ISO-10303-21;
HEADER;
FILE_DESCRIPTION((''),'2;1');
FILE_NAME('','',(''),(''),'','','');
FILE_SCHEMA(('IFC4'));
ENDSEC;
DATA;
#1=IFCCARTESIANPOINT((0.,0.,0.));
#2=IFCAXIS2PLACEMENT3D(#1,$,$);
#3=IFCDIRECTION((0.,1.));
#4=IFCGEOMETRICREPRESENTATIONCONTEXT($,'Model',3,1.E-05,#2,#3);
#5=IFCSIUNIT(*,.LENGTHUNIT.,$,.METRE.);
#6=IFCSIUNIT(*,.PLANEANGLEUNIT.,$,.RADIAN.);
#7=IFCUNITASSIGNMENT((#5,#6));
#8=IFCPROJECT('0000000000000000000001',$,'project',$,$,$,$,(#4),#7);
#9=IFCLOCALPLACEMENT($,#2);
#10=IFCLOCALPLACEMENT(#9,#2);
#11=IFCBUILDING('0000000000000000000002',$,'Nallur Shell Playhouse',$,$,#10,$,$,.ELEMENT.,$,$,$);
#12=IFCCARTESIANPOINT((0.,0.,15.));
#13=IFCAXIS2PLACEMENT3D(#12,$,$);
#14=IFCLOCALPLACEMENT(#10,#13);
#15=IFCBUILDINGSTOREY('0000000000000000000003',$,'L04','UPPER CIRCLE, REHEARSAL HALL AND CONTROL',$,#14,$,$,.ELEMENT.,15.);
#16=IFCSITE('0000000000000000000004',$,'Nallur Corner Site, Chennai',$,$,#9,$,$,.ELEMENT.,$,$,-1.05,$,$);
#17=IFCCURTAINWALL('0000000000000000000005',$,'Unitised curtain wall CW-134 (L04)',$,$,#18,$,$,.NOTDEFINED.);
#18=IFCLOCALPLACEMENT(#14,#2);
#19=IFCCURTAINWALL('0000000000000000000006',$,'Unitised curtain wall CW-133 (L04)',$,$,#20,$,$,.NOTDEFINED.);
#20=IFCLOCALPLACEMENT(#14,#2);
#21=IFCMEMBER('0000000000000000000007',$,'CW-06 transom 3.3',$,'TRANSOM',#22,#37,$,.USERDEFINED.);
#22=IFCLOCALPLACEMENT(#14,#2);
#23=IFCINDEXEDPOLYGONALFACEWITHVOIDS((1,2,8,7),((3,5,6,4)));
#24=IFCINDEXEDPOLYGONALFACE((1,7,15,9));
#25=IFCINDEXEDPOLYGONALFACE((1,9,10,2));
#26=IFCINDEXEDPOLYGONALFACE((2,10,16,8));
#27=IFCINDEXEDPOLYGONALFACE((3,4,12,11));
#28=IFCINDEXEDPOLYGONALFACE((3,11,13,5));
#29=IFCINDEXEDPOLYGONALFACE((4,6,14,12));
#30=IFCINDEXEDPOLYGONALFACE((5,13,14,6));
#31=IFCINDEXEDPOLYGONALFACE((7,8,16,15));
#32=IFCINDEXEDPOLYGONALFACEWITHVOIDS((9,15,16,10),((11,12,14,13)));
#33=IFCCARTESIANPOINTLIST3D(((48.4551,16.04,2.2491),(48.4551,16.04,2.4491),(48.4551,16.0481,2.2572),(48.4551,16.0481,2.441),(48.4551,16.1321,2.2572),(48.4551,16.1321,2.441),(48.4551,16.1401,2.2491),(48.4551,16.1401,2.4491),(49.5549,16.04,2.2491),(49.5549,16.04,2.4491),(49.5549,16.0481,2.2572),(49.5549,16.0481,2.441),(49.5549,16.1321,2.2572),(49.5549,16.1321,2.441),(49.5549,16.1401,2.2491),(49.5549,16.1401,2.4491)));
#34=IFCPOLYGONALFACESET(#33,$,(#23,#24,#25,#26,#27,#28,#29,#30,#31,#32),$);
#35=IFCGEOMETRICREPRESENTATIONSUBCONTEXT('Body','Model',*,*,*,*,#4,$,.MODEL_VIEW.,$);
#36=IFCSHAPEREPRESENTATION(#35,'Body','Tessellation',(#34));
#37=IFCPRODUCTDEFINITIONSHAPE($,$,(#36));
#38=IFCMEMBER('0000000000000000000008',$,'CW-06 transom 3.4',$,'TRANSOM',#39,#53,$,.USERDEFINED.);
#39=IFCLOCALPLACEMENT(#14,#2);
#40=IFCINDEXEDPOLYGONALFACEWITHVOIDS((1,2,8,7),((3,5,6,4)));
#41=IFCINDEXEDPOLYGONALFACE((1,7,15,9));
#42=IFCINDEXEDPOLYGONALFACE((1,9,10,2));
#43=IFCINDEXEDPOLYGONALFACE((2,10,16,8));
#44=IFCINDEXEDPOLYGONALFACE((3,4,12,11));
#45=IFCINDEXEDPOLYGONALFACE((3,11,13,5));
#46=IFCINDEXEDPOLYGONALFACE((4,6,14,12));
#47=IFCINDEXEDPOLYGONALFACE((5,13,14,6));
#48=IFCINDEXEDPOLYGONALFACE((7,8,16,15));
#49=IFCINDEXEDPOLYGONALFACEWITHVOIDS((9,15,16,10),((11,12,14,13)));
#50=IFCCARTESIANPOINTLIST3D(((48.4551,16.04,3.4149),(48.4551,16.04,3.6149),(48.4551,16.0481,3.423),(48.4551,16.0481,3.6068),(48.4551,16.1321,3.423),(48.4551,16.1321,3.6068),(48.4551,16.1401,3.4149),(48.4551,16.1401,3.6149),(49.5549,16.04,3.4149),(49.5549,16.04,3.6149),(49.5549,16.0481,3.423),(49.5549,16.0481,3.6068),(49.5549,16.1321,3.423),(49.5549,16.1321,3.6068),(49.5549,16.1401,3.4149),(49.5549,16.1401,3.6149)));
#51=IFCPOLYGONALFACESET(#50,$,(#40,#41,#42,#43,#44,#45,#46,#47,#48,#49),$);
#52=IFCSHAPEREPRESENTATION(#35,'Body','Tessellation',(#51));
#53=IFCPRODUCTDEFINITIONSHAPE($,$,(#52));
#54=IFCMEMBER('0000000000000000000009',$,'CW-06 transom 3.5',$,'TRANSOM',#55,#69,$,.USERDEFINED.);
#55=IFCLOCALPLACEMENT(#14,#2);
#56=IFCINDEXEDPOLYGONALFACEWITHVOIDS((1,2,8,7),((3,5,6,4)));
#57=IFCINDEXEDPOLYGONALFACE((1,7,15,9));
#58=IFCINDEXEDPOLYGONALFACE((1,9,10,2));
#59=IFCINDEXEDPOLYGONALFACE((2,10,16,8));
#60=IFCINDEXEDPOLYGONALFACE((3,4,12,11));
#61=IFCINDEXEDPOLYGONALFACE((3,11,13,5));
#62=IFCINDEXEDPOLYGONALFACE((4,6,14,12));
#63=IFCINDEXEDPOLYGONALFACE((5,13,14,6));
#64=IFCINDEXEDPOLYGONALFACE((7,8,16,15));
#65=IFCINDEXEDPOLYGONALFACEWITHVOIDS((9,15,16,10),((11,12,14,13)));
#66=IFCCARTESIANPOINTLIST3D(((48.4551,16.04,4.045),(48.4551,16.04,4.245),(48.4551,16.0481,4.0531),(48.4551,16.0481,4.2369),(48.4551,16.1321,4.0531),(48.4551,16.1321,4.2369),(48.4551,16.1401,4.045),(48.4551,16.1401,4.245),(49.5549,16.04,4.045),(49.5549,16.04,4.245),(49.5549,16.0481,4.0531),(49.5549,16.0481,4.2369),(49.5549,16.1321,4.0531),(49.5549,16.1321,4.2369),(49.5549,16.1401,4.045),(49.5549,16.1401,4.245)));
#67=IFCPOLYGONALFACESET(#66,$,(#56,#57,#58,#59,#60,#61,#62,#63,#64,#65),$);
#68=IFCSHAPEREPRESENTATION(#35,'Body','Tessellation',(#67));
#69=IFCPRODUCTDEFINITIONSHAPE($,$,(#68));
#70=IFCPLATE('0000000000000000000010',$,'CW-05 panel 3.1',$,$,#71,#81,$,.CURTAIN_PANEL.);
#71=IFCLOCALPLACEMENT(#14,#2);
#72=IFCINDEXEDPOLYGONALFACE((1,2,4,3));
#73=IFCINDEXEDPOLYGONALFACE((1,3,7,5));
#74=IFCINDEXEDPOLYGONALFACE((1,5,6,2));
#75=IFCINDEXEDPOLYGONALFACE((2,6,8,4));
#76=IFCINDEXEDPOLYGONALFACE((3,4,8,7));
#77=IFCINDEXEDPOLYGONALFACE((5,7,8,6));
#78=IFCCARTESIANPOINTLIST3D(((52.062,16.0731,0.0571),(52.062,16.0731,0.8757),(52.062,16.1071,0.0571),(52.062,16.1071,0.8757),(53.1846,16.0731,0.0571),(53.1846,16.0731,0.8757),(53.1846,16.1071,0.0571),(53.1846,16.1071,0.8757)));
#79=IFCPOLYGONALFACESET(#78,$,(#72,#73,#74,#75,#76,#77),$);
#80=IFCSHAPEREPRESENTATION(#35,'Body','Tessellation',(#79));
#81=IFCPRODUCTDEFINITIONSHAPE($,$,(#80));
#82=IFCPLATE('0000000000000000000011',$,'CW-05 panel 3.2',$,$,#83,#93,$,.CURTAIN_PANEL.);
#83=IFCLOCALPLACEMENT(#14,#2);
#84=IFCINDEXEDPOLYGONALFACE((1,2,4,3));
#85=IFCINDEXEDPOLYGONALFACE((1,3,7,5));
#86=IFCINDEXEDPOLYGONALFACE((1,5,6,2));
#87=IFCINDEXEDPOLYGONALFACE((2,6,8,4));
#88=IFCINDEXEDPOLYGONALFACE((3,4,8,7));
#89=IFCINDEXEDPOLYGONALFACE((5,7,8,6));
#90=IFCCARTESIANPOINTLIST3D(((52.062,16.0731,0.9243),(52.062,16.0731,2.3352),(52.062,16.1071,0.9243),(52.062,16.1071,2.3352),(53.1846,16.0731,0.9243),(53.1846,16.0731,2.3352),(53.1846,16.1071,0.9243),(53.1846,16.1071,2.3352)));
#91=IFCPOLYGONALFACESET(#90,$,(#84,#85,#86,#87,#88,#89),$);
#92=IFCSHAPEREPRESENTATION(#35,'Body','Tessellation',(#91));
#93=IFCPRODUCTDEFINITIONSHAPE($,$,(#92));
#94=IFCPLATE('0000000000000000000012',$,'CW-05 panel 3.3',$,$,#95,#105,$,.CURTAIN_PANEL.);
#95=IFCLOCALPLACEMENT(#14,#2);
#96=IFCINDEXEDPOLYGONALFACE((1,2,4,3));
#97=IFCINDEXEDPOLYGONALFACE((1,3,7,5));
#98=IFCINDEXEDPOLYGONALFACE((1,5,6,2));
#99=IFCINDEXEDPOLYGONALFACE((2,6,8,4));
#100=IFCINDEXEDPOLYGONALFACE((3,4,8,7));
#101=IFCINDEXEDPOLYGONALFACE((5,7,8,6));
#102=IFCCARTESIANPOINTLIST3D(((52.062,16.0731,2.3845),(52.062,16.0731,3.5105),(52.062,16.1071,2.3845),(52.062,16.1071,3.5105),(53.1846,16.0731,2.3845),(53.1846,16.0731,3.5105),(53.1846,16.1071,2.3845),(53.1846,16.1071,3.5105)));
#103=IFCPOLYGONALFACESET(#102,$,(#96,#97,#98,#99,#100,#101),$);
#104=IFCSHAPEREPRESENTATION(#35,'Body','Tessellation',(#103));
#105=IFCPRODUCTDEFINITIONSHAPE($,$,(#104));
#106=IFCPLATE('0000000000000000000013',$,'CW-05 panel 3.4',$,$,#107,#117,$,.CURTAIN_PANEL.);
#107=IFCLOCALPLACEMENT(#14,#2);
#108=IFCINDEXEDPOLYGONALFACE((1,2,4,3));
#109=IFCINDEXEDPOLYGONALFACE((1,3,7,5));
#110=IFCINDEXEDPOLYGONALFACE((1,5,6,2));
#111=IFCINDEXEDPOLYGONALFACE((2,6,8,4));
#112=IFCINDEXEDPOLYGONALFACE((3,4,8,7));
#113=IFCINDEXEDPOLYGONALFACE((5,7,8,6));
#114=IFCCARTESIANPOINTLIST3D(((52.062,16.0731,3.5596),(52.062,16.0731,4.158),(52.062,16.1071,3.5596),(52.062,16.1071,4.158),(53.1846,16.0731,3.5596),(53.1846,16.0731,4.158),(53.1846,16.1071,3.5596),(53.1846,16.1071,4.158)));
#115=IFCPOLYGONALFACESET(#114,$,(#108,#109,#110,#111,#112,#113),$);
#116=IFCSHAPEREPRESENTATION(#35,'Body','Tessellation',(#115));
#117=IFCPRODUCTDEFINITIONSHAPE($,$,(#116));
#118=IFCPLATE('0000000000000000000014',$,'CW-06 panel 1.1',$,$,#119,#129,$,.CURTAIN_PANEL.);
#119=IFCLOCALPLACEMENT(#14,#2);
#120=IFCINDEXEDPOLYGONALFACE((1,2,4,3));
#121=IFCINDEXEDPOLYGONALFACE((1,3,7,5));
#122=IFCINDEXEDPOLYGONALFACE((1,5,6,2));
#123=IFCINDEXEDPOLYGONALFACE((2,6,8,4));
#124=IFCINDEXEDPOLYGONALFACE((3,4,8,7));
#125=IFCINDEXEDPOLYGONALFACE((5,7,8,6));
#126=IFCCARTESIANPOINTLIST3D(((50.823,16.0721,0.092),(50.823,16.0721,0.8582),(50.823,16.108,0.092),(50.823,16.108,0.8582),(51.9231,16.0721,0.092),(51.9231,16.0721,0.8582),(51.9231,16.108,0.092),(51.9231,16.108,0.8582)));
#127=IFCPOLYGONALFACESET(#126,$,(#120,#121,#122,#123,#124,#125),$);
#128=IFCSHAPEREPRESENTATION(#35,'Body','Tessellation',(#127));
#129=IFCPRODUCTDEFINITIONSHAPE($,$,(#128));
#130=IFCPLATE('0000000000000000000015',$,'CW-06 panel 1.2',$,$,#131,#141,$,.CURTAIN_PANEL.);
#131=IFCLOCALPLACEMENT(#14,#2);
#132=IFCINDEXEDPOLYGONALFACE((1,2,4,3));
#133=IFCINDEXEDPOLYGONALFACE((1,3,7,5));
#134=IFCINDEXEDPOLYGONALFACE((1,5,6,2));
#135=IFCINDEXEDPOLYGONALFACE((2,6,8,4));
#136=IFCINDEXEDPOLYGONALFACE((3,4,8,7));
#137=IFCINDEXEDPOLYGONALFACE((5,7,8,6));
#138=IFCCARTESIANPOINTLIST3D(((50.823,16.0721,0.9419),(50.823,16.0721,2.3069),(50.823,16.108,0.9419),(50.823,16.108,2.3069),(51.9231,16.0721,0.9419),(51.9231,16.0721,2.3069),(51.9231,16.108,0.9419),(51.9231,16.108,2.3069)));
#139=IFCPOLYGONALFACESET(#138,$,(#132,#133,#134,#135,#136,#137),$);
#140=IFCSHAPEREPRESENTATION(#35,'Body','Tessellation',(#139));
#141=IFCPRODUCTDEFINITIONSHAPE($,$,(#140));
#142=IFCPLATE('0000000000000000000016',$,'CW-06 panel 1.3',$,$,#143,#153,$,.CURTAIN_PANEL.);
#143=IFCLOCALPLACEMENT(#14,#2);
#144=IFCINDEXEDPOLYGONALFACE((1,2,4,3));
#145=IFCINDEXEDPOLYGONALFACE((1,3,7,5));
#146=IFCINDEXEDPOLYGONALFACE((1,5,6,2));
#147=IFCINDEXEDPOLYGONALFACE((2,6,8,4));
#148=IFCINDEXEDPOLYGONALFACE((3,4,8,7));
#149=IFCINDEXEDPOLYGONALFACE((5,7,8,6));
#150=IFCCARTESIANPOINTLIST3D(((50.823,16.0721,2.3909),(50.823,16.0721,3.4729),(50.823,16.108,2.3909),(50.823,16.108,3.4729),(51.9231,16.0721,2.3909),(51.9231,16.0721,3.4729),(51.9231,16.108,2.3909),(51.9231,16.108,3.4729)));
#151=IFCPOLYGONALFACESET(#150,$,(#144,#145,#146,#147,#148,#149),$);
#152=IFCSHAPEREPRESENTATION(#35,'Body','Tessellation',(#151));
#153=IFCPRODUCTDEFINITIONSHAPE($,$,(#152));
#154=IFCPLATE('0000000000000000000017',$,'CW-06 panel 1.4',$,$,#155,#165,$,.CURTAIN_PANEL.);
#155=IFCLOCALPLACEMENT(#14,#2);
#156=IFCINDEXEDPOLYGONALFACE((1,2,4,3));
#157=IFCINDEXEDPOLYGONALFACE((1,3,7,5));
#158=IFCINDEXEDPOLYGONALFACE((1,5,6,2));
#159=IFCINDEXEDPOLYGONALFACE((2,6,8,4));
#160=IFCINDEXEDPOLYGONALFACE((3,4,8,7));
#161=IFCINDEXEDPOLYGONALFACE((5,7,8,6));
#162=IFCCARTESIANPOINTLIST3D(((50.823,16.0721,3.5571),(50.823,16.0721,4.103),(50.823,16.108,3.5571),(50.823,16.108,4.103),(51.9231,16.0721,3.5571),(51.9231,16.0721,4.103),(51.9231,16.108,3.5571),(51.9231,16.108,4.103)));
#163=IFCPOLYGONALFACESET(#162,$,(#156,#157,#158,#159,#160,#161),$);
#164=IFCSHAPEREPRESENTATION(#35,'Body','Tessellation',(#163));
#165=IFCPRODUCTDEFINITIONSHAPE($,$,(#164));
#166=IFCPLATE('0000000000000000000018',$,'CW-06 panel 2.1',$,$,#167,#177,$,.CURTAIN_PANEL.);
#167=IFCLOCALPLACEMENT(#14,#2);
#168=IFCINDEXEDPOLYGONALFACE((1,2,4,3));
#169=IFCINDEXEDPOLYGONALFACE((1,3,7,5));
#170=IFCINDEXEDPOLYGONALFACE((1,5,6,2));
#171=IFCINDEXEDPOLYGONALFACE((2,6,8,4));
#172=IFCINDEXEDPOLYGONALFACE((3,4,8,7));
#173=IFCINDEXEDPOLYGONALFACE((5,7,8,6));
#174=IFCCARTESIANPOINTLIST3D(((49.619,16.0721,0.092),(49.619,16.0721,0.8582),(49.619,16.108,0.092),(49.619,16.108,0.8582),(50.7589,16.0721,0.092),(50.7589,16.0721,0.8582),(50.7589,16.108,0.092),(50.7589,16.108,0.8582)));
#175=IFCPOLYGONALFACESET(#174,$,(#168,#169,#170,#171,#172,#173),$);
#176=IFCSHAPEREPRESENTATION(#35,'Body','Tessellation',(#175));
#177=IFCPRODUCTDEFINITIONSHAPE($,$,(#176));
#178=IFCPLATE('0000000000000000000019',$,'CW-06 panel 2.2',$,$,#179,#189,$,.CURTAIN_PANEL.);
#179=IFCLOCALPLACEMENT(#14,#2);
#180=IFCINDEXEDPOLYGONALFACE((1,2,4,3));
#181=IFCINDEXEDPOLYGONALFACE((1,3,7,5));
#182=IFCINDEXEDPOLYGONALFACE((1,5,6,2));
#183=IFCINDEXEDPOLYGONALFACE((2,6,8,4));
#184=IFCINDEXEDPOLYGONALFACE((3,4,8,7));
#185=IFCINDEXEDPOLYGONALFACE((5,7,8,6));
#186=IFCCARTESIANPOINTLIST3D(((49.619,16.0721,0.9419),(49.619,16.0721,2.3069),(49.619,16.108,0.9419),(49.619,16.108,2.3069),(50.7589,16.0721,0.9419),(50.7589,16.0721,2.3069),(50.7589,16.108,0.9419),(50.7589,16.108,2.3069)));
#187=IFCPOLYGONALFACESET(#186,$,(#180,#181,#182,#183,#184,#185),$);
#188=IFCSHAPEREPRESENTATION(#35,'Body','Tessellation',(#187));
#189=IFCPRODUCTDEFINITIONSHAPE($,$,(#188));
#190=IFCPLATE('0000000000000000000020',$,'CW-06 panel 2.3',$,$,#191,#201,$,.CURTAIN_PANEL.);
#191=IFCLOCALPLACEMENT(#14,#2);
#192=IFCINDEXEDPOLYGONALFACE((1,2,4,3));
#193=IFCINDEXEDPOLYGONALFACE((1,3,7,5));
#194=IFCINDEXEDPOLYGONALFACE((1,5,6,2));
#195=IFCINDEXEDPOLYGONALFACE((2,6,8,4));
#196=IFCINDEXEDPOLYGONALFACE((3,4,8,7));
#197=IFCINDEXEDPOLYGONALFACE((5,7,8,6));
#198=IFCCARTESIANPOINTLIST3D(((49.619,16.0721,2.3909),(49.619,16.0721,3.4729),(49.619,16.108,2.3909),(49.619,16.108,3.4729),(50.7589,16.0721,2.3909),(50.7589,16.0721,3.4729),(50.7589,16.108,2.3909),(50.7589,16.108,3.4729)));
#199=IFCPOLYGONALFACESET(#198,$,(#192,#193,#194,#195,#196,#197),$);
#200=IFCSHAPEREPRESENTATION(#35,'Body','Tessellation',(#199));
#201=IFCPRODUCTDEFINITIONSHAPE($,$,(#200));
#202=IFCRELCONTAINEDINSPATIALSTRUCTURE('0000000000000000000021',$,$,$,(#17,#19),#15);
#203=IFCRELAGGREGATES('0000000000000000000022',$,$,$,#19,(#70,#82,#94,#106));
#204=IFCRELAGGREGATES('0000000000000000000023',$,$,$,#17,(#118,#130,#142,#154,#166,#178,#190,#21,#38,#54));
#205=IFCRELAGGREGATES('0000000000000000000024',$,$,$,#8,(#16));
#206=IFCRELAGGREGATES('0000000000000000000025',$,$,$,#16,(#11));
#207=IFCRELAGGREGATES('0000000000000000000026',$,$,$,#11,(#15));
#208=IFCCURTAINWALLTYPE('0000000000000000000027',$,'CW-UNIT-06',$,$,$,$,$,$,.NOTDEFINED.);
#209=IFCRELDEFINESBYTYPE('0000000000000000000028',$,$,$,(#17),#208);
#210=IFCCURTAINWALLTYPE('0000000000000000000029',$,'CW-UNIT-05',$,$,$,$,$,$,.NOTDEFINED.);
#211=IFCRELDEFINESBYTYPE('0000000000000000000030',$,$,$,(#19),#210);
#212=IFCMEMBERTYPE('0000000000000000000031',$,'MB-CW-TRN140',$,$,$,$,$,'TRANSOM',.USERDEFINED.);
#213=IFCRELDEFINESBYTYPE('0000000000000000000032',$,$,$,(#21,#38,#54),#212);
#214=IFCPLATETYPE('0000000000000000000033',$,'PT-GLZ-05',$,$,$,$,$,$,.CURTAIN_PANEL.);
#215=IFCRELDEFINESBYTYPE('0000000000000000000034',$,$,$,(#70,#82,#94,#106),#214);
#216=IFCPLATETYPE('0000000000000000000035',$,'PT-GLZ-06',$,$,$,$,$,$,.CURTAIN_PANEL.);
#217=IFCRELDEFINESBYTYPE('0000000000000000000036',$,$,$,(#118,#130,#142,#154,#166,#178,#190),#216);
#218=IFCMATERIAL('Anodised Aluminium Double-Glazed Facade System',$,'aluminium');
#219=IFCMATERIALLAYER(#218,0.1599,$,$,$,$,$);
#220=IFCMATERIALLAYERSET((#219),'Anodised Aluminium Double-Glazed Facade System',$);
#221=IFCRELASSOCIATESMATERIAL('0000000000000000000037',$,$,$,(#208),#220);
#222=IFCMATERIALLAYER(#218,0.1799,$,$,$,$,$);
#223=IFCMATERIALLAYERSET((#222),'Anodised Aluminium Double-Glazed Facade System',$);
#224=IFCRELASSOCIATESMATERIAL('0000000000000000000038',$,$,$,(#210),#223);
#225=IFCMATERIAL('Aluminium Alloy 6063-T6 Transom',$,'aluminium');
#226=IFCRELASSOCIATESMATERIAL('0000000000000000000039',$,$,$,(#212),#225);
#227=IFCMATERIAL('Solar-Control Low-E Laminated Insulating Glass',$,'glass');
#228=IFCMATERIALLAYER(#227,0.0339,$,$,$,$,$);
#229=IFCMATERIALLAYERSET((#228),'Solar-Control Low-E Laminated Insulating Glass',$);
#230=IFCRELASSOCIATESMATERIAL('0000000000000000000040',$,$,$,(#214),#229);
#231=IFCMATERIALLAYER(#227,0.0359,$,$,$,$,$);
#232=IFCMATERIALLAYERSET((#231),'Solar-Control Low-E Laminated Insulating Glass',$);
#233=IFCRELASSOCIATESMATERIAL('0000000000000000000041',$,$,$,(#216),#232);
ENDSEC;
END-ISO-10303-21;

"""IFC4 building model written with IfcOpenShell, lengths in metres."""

from ifc_helpers import new_model, si_unit, direction, frame, origin, origin_2d, place, context, subcontext, project, spatial, rectangle, hollow_rectangle, extrude, material, layer, layer_set, material_profile, profile_set, type_object, element, aggregate, save


model = new_model("IFC4")

# Units and contexts
model_context = context("Model", 3, precision=1e-05, world=origin(), true_north=direction((0.0, 1.0)))
body_context = subcontext(model_context, "Body", "Model", "MODEL_VIEW")
ifc_project = project(units=[si_unit("LENGTHUNIT", "METRE"), si_unit("PLANEANGLEUNIT", "RADIAN")], contexts=[model_context])

# Site, building, storey
site_placement = place(None, origin())
site = spatial("IfcSite", under=ifc_project, at=site_placement, Name="Nallur Corner Site, Chennai", CompositionType="ELEMENT", RefElevation=-1.05)
building_placement = place(site_placement, origin())
building = spatial("IfcBuilding", under=site, at=building_placement, Name="Nallur Shell Playhouse", CompositionType="ELEMENT")
storey_placement = place(building_placement, frame((0.0, 0.0, 15.0)))
storey = spatial("IfcBuildingStorey", under=building, at=storey_placement, Name="L04", Description="UPPER CIRCLE, REHEARSAL HALL AND CONTROL", CompositionType="ELEMENT", Elevation=15.0)

# Curtain walls
ifc_material_1 = material(Name="Anodised Aluminium Double-Glazed Facade System", Category="aluminium")
ifc_layer_1 = layer(ifc_material_1, 0.1599)
ifc_layer_set_1 = layer_set([ifc_layer_1], Name="Anodised Aluminium Double-Glazed Facade System")
curtain_wall_type_1 = type_object("IfcCurtainWallType", Name="CW-UNIT-06", PredefinedType="NOTDEFINED", material=ifc_layer_set_1)
curtain_wall_1_placement = place(storey_placement, origin())
curtain_wall_1 = element("IfcCurtainWall", 1, at=curtain_wall_1_placement, inside=storey, type_object=curtain_wall_type_1, Name="Unitised curtain wall CW-134 (L04)", PredefinedType="NOTDEFINED")
ifc_layer_2 = layer(ifc_material_1, 0.1799)
ifc_layer_set_2 = layer_set([ifc_layer_2], Name="Anodised Aluminium Double-Glazed Facade System")
curtain_wall_type_2 = type_object("IfcCurtainWallType", Name="CW-UNIT-05", PredefinedType="NOTDEFINED", material=ifc_layer_set_2)
curtain_wall_2_placement = place(storey_placement, origin())
curtain_wall_2 = element("IfcCurtainWall", 2, at=curtain_wall_2_placement, inside=storey, type_object=curtain_wall_type_2, Name="Unitised curtain wall CW-133 (L04)", PredefinedType="NOTDEFINED")
ifc_material_2 = material(Name="Aluminium Alloy 6063-T6 Transom", Category="aluminium")

# Members
ifc_material_profile_1 = material_profile(ifc_material_2, hollow_rectangle(XDim=0.1001, YDim=0.2, WallThickness=0.0081, at=origin_2d()), Name="RHS 200x100x8")
ifc_profile_set_1 = profile_set([ifc_material_profile_1], Name="Aluminium Alloy 6063-T6 Transom")
member_type_1 = type_object("IfcMemberType", Name="MB-CW-TRN140", ElementType="TRANSOM", PredefinedType="USERDEFINED", material=ifc_profile_set_1)
member_1_placement = place(storey_placement, frame((49.5549, 16.0901, 2.3491), z_axis=(-1.0, 0.0, 0.0), x_axis=(0.0, -1.0, 0.0)))
member_1 = element("IfcMember", 3, at=member_1_placement, type_object=member_type_1, Name="CW-06 transom 3.3", ObjectType="TRANSOM", PredefinedType="USERDEFINED", context=body_context, shape_type="SweptSolid", body=[
    extrude(hollow_rectangle(XDim=0.1001, YDim=0.2, WallThickness=0.0081, at=origin_2d()), origin(), (0.0, 0.0, 1.0), 1.0999),
])
member_2_placement = place(storey_placement, frame((49.5549, 16.0901, 3.5149), z_axis=(-1.0, 0.0, 0.0), x_axis=(0.0, -1.0, 0.0)))
member_2 = element("IfcMember", 4, at=member_2_placement, type_object=member_type_1, Name="CW-06 transom 3.4", ObjectType="TRANSOM", PredefinedType="USERDEFINED", context=body_context, shape_type="SweptSolid", body=[
    extrude(hollow_rectangle(XDim=0.1001, YDim=0.2, WallThickness=0.0081, at=origin_2d()), origin(), (0.0, 0.0, 1.0), 1.0999),
])
member_3_placement = place(storey_placement, frame((49.5549, 16.0901, 4.145), z_axis=(-1.0, 0.0, 0.0), x_axis=(0.0, -1.0, 0.0)))
member_3 = element("IfcMember", 5, at=member_3_placement, type_object=member_type_1, Name="CW-06 transom 3.5", ObjectType="TRANSOM", PredefinedType="USERDEFINED", context=body_context, shape_type="SweptSolid", body=[
    extrude(hollow_rectangle(XDim=0.1001, YDim=0.2, WallThickness=0.0081, at=origin_2d()), origin(), (0.0, 0.0, 1.0), 1.0999),
])

# Plates
ifc_material_3 = material(Name="Solar-Control Low-E Laminated Insulating Glass", Category="glass")
ifc_layer_3 = layer(ifc_material_3, 0.0339)
ifc_layer_set_3 = layer_set([ifc_layer_3], Name="Solar-Control Low-E Laminated Insulating Glass")
plate_type_1 = type_object("IfcPlateType", Name="PT-GLZ-05", PredefinedType="CURTAIN_PANEL", material=ifc_layer_set_3)
plate_1_placement = place(storey_placement, frame((52.6233, 16.0901, 0.0571), z_axis=(0.0, 0.0, 1.0), x_axis=(-1.0, 0.0, 0.0)))
plate_1 = element("IfcPlate", 6, at=plate_1_placement, type_object=plate_type_1, Name="CW-05 panel 3.1", PredefinedType="CURTAIN_PANEL", context=body_context, shape_type="SweptSolid", body=[
    extrude(rectangle(XDim=1.1226, YDim=0.0339, at=origin_2d()), origin(), (0.0, 0.0, 1.0), 0.8186),
])
plate_2_placement = place(storey_placement, frame((52.6233, 16.0901, 0.9243), z_axis=(0.0, 0.0, 1.0), x_axis=(-1.0, 0.0, 0.0)))
plate_2 = element("IfcPlate", 7, at=plate_2_placement, type_object=plate_type_1, Name="CW-05 panel 3.2", PredefinedType="CURTAIN_PANEL", context=body_context, shape_type="SweptSolid", body=[
    extrude(rectangle(XDim=1.1226, YDim=0.0339, at=origin_2d()), origin(), (0.0, 0.0, 1.0), 1.4109),
])
plate_3_placement = place(storey_placement, frame((52.6233, 16.0901, 2.3845), z_axis=(0.0, 0.0, 1.0), x_axis=(-1.0, 0.0, 0.0)))
plate_3 = element("IfcPlate", 8, at=plate_3_placement, type_object=plate_type_1, Name="CW-05 panel 3.3", PredefinedType="CURTAIN_PANEL", context=body_context, shape_type="SweptSolid", body=[
    extrude(rectangle(XDim=1.1226, YDim=0.0339, at=origin_2d()), origin(), (0.0, 0.0, 1.0), 1.126),
])
plate_4_placement = place(storey_placement, frame((52.6233, 16.0901, 3.5596), z_axis=(0.0, 0.0, 1.0), x_axis=(-1.0, 0.0, 0.0)))
plate_4 = element("IfcPlate", 9, at=plate_4_placement, type_object=plate_type_1, Name="CW-05 panel 3.4", PredefinedType="CURTAIN_PANEL", context=body_context, shape_type="SweptSolid", body=[
    extrude(rectangle(XDim=1.1226, YDim=0.0339, at=origin_2d()), origin(), (0.0, 0.0, 1.0), 0.5984),
])
aggregate(curtain_wall_2, [plate_1, plate_2, plate_3, plate_4])
ifc_layer_4 = layer(ifc_material_3, 0.0359)
ifc_layer_set_4 = layer_set([ifc_layer_4], Name="Solar-Control Low-E Laminated Insulating Glass")
plate_type_2 = type_object("IfcPlateType", Name="PT-GLZ-06", PredefinedType="CURTAIN_PANEL", material=ifc_layer_set_4)
plate_5_placement = place(storey_placement, frame((51.373, 16.0901, 0.092), z_axis=(0.0, 0.0, 1.0), x_axis=(-1.0, 0.0, 0.0)))
plate_5 = element("IfcPlate", 10, at=plate_5_placement, type_object=plate_type_2, Name="CW-06 panel 1.1", PredefinedType="CURTAIN_PANEL", context=body_context, shape_type="SweptSolid", body=[
    extrude(rectangle(XDim=1.1001, YDim=0.0359, at=origin_2d()), origin(), (0.0, 0.0, 1.0), 0.7661),
])
plate_6_placement = place(storey_placement, frame((51.373, 16.0901, 0.9419), z_axis=(0.0, 0.0, 1.0), x_axis=(-1.0, 0.0, 0.0)))
plate_6 = element("IfcPlate", 11, at=plate_6_placement, type_object=plate_type_2, Name="CW-06 panel 1.2", PredefinedType="CURTAIN_PANEL", context=body_context, shape_type="SweptSolid", body=[
    extrude(rectangle(XDim=1.1001, YDim=0.0359, at=origin_2d()), origin(), (0.0, 0.0, 1.0), 1.365),
])
plate_7_placement = place(storey_placement, frame((51.373, 16.0901, 2.3909), z_axis=(0.0, 0.0, 1.0), x_axis=(-1.0, 0.0, 0.0)))
plate_7 = element("IfcPlate", 12, at=plate_7_placement, type_object=plate_type_2, Name="CW-06 panel 1.3", PredefinedType="CURTAIN_PANEL", context=body_context, shape_type="SweptSolid", body=[
    extrude(rectangle(XDim=1.1001, YDim=0.0359, at=origin_2d()), origin(), (0.0, 0.0, 1.0), 1.082),
])
plate_8_placement = place(storey_placement, frame((51.373, 16.0901, 3.5571), z_axis=(0.0, 0.0, 1.0), x_axis=(-1.0, 0.0, 0.0)))
plate_8 = element("IfcPlate", 13, at=plate_8_placement, type_object=plate_type_2, Name="CW-06 panel 1.4", PredefinedType="CURTAIN_PANEL", context=body_context, shape_type="SweptSolid", body=[
    extrude(rectangle(XDim=1.1001, YDim=0.0359, at=origin_2d()), origin(), (0.0, 0.0, 1.0), 0.5459),
])
plate_9_placement = place(storey_placement, frame((50.189, 16.0901, 0.092), z_axis=(0.0, 0.0, 1.0), x_axis=(-1.0, 0.0, 0.0)))
plate_9 = element("IfcPlate", 14, at=plate_9_placement, type_object=plate_type_2, Name="CW-06 panel 2.1", PredefinedType="CURTAIN_PANEL", context=body_context, shape_type="SweptSolid", body=[
    extrude(rectangle(XDim=1.1399, YDim=0.0359, at=origin_2d()), origin(), (0.0, 0.0, 1.0), 0.7661),
])
plate_10_placement = place(storey_placement, frame((50.189, 16.0901, 0.9419), z_axis=(0.0, 0.0, 1.0), x_axis=(-1.0, 0.0, 0.0)))
plate_10 = element("IfcPlate", 15, at=plate_10_placement, type_object=plate_type_2, Name="CW-06 panel 2.2", PredefinedType="CURTAIN_PANEL", context=body_context, shape_type="SweptSolid", body=[
    extrude(rectangle(XDim=1.1399, YDim=0.0359, at=origin_2d()), origin(), (0.0, 0.0, 1.0), 1.365),
])
plate_11_placement = place(storey_placement, frame((50.189, 16.0901, 2.3909), z_axis=(0.0, 0.0, 1.0), x_axis=(-1.0, 0.0, 0.0)))
plate_11 = element("IfcPlate", 16, at=plate_11_placement, type_object=plate_type_2, Name="CW-06 panel 2.3", PredefinedType="CURTAIN_PANEL", context=body_context, shape_type="SweptSolid", body=[
    extrude(rectangle(XDim=1.1399, YDim=0.0359, at=origin_2d()), origin(), (0.0, 0.0, 1.0), 1.082),
])
aggregate(curtain_wall_1, [plate_5, plate_6, plate_7, plate_8, plate_9, plate_10, plate_11, member_1, member_2, member_3])

save(model, "model.ifc")
